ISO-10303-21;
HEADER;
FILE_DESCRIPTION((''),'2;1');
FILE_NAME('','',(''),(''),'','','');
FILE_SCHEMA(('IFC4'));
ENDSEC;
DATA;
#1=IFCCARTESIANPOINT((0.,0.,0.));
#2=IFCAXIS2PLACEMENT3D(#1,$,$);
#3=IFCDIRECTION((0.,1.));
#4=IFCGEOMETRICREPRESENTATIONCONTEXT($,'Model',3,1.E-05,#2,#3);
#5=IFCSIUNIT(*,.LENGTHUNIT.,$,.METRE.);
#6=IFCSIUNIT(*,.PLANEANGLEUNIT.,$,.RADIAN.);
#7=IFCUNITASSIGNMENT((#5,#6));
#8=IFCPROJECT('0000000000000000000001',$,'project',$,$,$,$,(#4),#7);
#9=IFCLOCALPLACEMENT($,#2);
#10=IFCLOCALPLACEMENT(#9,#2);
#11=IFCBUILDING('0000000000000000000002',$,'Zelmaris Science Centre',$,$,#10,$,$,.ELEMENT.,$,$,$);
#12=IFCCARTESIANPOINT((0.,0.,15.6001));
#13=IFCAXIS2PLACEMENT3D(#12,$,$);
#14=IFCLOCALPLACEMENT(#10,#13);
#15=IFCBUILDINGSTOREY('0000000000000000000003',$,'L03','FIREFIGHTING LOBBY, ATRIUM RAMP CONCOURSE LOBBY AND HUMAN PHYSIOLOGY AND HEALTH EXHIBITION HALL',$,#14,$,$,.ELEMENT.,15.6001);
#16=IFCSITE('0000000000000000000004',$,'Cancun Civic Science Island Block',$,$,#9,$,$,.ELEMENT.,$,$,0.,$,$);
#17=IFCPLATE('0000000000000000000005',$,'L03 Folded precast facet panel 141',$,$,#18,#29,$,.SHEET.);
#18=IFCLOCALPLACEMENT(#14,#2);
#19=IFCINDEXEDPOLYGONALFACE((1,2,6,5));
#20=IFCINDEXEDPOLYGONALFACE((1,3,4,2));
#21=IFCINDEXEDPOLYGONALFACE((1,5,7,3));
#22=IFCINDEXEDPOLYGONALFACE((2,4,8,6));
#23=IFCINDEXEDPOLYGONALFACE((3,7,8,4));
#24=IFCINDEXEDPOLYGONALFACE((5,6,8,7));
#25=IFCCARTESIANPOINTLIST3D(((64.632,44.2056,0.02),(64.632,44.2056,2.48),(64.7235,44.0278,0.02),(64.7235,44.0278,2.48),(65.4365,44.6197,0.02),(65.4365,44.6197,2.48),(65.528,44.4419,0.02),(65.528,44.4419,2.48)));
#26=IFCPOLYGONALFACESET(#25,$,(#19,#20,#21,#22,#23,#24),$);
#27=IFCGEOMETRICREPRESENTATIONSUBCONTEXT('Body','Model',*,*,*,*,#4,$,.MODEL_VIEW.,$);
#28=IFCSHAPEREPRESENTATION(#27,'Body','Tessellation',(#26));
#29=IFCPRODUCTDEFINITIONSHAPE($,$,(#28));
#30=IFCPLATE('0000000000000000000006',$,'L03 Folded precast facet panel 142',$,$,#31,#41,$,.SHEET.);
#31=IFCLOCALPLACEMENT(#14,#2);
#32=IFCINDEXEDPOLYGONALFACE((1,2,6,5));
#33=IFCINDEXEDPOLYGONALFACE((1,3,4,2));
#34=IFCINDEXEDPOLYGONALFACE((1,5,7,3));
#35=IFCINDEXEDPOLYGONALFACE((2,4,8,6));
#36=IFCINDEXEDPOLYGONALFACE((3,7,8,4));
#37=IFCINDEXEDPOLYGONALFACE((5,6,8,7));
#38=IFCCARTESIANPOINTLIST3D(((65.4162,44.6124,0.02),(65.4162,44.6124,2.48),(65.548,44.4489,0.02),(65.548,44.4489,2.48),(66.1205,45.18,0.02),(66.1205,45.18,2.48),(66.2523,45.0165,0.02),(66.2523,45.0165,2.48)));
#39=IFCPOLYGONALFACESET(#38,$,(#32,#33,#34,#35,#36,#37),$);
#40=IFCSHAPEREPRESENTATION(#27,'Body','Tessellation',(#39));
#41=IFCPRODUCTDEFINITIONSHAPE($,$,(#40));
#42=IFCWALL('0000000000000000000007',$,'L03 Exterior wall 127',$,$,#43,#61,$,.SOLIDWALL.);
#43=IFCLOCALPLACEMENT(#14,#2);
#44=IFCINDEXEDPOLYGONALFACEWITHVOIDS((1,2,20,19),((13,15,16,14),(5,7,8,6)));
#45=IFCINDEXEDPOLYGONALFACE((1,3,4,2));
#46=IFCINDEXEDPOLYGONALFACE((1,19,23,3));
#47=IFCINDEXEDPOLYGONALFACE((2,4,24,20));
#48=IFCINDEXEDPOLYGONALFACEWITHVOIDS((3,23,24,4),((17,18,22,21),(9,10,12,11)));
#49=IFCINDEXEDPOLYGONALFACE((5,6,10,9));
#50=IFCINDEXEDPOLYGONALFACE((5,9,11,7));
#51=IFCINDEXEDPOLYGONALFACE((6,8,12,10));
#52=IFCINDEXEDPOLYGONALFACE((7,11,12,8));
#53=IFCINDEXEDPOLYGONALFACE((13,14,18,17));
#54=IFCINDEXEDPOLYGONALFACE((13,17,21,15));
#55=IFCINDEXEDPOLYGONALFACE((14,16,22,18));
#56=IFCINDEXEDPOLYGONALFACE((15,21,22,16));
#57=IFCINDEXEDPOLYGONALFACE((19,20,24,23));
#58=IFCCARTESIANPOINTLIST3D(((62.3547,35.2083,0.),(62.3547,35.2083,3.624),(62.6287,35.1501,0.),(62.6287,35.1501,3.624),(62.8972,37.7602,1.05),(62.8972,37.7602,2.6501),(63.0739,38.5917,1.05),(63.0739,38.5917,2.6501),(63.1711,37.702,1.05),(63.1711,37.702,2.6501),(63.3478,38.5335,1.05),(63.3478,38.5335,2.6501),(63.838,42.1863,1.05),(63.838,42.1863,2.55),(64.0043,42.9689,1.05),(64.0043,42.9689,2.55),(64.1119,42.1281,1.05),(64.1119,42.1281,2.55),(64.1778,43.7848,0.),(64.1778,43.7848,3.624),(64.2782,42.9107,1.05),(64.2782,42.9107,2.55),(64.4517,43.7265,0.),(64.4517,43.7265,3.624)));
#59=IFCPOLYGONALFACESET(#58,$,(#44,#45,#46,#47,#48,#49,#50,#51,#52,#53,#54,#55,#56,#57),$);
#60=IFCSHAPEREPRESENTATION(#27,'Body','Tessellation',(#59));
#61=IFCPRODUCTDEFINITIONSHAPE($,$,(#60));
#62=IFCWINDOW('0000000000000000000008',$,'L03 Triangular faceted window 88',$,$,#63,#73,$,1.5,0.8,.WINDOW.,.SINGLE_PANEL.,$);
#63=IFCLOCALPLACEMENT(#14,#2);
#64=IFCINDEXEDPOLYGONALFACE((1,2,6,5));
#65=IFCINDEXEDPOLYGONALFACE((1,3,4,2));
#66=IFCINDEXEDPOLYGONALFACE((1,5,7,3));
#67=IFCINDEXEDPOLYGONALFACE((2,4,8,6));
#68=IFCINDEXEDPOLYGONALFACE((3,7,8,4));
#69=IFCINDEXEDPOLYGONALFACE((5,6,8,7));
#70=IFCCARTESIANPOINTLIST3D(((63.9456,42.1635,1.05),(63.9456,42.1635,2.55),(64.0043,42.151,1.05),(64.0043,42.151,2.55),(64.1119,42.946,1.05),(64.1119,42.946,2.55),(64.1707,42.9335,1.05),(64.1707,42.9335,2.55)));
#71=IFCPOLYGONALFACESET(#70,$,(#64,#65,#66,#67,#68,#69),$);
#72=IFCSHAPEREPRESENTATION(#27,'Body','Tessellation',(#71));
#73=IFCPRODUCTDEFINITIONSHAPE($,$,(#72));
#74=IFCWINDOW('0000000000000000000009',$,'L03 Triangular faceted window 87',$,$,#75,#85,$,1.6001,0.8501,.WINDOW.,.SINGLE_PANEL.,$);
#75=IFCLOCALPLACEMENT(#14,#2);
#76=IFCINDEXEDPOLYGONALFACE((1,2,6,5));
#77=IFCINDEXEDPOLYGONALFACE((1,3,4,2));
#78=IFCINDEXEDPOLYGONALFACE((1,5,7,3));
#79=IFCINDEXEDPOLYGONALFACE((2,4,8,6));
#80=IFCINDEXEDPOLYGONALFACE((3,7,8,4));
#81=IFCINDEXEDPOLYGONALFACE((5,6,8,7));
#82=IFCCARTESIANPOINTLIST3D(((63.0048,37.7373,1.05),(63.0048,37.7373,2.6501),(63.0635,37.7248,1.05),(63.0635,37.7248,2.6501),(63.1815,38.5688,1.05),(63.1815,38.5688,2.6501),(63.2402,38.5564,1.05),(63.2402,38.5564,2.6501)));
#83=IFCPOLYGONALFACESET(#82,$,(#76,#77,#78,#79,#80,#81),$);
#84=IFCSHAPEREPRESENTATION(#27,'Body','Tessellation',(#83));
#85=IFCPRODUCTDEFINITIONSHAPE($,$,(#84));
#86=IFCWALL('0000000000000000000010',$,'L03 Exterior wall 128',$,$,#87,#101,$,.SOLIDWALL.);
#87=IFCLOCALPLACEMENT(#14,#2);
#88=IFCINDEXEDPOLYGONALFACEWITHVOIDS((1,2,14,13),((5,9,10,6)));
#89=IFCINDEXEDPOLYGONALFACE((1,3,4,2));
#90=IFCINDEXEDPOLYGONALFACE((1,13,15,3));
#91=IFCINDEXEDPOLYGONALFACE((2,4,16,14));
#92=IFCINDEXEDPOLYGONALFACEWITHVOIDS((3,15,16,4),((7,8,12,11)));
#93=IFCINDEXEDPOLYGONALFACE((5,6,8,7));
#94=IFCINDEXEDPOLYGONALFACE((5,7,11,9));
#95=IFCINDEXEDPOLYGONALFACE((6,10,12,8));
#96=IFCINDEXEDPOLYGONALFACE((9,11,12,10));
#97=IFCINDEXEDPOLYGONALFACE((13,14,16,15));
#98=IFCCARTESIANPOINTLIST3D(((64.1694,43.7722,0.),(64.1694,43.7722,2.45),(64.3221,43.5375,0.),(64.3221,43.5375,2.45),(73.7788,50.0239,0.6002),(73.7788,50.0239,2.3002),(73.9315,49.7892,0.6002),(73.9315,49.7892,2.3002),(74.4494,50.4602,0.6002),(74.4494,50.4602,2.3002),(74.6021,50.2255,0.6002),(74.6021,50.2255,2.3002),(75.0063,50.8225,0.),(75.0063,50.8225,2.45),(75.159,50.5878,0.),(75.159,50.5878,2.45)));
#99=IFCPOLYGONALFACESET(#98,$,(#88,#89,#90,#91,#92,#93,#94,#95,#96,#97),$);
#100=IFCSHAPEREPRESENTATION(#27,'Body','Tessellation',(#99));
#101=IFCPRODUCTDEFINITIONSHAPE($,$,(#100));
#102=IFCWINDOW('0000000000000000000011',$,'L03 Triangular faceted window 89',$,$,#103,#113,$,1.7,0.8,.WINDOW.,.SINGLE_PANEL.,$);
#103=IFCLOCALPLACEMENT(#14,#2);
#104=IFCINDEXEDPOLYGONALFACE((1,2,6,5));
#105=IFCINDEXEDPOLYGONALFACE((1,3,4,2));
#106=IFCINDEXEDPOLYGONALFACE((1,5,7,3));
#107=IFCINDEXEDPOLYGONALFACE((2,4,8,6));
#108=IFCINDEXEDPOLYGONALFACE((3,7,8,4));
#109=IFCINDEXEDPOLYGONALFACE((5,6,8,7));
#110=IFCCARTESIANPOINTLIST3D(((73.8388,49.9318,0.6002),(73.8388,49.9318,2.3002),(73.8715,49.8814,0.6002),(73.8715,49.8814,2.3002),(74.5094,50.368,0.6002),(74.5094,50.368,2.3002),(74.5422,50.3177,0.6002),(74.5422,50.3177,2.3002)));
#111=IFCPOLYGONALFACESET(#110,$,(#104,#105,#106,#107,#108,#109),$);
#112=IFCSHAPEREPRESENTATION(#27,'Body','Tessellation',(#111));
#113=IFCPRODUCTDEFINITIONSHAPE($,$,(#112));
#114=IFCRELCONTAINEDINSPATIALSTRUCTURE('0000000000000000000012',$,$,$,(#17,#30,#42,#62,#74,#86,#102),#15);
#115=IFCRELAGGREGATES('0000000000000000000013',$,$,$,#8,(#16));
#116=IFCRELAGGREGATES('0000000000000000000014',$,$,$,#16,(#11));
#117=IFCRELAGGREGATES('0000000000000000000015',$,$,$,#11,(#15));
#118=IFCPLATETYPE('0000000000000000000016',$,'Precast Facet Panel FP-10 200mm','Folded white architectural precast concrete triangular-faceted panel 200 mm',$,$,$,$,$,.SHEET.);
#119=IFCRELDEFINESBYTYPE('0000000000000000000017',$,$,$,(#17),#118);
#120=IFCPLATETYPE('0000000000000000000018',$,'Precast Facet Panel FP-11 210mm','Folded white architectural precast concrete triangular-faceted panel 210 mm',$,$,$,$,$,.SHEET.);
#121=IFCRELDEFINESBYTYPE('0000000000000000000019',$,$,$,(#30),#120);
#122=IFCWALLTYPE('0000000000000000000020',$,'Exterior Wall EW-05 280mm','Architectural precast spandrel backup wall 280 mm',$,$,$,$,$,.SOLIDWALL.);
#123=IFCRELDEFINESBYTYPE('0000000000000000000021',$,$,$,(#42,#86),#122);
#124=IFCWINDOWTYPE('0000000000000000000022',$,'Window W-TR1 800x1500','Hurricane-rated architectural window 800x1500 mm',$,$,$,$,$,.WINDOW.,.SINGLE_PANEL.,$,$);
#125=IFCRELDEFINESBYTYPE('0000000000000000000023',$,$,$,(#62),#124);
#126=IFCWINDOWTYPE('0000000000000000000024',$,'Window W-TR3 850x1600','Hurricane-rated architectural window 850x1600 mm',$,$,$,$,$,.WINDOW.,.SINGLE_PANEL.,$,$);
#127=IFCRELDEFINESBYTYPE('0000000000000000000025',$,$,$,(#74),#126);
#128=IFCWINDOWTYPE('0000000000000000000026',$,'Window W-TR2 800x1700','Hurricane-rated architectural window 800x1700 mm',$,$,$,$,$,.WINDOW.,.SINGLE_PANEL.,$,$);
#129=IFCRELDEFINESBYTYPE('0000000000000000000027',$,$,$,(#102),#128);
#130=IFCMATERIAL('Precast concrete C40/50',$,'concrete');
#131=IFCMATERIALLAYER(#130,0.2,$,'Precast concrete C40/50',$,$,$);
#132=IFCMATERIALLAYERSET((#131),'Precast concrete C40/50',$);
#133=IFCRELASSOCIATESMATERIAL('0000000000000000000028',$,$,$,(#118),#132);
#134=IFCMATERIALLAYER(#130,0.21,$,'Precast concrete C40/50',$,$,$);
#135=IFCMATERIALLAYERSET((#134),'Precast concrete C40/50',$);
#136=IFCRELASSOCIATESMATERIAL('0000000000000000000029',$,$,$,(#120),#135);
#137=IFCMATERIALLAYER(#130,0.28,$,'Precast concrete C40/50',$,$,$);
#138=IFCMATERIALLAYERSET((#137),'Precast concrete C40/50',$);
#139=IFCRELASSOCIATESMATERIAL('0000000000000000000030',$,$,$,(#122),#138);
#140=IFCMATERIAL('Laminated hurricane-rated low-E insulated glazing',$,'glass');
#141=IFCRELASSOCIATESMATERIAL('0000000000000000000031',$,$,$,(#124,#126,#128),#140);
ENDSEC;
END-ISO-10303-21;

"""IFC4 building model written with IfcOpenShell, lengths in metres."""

from ifc_helpers import new_model, si_unit, direction, frame, frame_2d, origin, place, context, subcontext, project, spatial, rectangle, extrude, material, layer, layer_set, type_object, element, fill, save


model = new_model("IFC4")

# Units and contexts
model_context = context("Model", 3, precision=1e-05, world=origin(), true_north=direction((0.0, 1.0)))
body_context = subcontext(model_context, "Body", "Model", "MODEL_VIEW")
ifc_project = project(units=[si_unit("LENGTHUNIT", "METRE"), si_unit("PLANEANGLEUNIT", "RADIAN")], contexts=[model_context])

# Site, building, storey
site_placement = place(None, origin())
site = spatial("IfcSite", under=ifc_project, at=site_placement, Name="Cancun Civic Science Island Block", CompositionType="ELEMENT", RefElevation=0.0)
building_placement = place(site_placement, origin())
building = spatial("IfcBuilding", under=site, at=building_placement, Name="Zelmaris Science Centre", CompositionType="ELEMENT")
storey_placement = place(building_placement, frame((0.0, 0.0, 15.6001)))
storey = spatial("IfcBuildingStorey", under=building, at=storey_placement, Name="L03", Description="FIREFIGHTING LOBBY, ATRIUM RAMP CONCOURSE LOBBY AND HUMAN PHYSIOLOGY AND HEALTH EXHIBITION HALL", CompositionType="ELEMENT", Elevation=15.6001)

# Plates
ifc_material_1 = material(Name="Precast concrete C40/50", Category="concrete")
ifc_layer_1 = layer(ifc_material_1, 0.2, Name="Precast concrete C40/50")
ifc_layer_set_1 = layer_set([ifc_layer_1], Name="Precast concrete C40/50")
plate_type_1 = type_object("IfcPlateType", Name="Precast Facet Panel FP-10 200mm", Description="Folded white architectural precast concrete triangular-faceted panel 200 mm", PredefinedType="SHEET", material=ifc_layer_set_1)
plate_1_placement = place(storey_placement, frame((64.6777, 44.1167, 0.02), z_axis=(0.0, 0.0, 1.0), x_axis=(0.889131, 0.457653, 0.0)))
element("IfcPlate", 1, at=plate_1_placement, inside=storey, type_object=plate_type_1, Name="L03 Folded precast facet panel 141", PredefinedType="SHEET", context=body_context, shape_type="SweptSolid", body=[
    extrude(rectangle(XDim=0.9048, YDim=0.2, at=frame_2d((0.4524, 0.0))), origin(), (0.0, 0.0, 1.0), 2.46),
])
ifc_layer_2 = layer(ifc_material_1, 0.21, Name="Precast concrete C40/50")
ifc_layer_set_2 = layer_set([ifc_layer_2], Name="Precast concrete C40/50")
plate_type_2 = type_object("IfcPlateType", Name="Precast Facet Panel FP-11 210mm", Description="Folded white architectural precast concrete triangular-faceted panel 210 mm", PredefinedType="SHEET", material=ifc_layer_set_2)
plate_2_placement = place(storey_placement, frame((65.4822, 44.5308, 0.02), z_axis=(0.0, 0.0, 1.0), x_axis=(0.778626, 0.627489, 0.0)))
element("IfcPlate", 2, at=plate_2_placement, inside=storey, type_object=plate_type_2, Name="L03 Folded precast facet panel 142", PredefinedType="SHEET", context=body_context, shape_type="SweptSolid", body=[
    extrude(rectangle(XDim=0.9045, YDim=0.21, at=frame_2d((0.4521, 0.0))), origin(), (0.0, 0.0, 1.0), 2.46),
])

# Wall, openings, windows
ifc_layer_3 = layer(ifc_material_1, 0.28, Name="Precast concrete C40/50")
ifc_layer_set_3 = layer_set([ifc_layer_3], Name="Precast concrete C40/50")
wall_type = type_object("IfcWallType", Name="Exterior Wall EW-05 280mm", Description="Architectural precast spandrel backup wall 280 mm", PredefinedType="SOLIDWALL", material=ifc_layer_set_3)
wall_1_placement = place(storey_placement, frame((62.4917, 35.1792, 0.0), z_axis=(0.0, 0.0, 1.0), x_axis=(0.207914, 0.978147, 0.0)))
wall_1 = element("IfcWall", 3, at=wall_1_placement, inside=storey, type_object=wall_type, Name="L03 Exterior wall 127", PredefinedType="SOLIDWALL", context=body_context, shape_type="SweptSolid", body=[
    extrude(rectangle(XDim=8.7681, YDim=0.28, at=frame_2d((4.384, 0.0))), origin(), (0.0, 0.0, 1.0), 3.624),
])
opening_1_placement = place(wall_1_placement, frame((2.6089, 0.0, 1.05)))
opening_1 = element("IfcOpeningElement", 4, at=opening_1_placement, cuts=wall_1, PredefinedType="OPENING", context=body_context, shape_type="SweptSolid", body=[
    extrude(rectangle(XDim=0.8501, YDim=1.6001, at=frame_2d((0.425, 0.8))), frame((0.0, 0.1499, 0.0), z_axis=(0.0, -1.0, 0.0), x_axis=(1.0, 0.0, 0.0)), (0.0, 0.0, 1.0), 0.3),
])
opening_2_placement = place(wall_1_placement, frame((7.134, 0.0, 1.05)))
opening_2 = element("IfcOpeningElement", 5, at=opening_2_placement, cuts=wall_1, PredefinedType="OPENING", context=body_context, shape_type="SweptSolid", body=[
    extrude(rectangle(XDim=0.8, YDim=1.5, at=frame_2d((0.3999, 0.75))), frame((0.0, 0.1499, 0.0), z_axis=(0.0, -1.0, 0.0), x_axis=(1.0, 0.0, 0.0)), (0.0, 0.0, 1.0), 0.3),
])
ifc_material_2 = material(Name="Laminated hurricane-rated low-E insulated glazing", Category="glass")
window_type_1 = type_object("IfcWindowType", Name="Window W-TR1 800x1500", Description="Hurricane-rated architectural window 800x1500 mm", PartitioningType="SINGLE_PANEL", PredefinedType="WINDOW", material=ifc_material_2)
window_1_placement = place(opening_2_placement, origin())
window_1 = element("IfcWindow", 6, at=window_1_placement, inside=storey, type_object=window_type_1, Name="L03 Triangular faceted window 88", OverallHeight=1.5, OverallWidth=0.8, PartitioningType="SINGLE_PANEL", PredefinedType="WINDOW", context=body_context, shape_type="SweptSolid", body=[
    extrude(rectangle(XDim=0.8, YDim=1.5, at=frame_2d((0.3999, 0.75))), frame((0.0, 0.03, 0.0), z_axis=(0.0, -1.0, 0.0), x_axis=(1.0, 0.0, 0.0)), (0.0, 0.0, 1.0), 0.0601),
])
fill(opening_2, window_1)
window_type_2 = type_object("IfcWindowType", Name="Window W-TR3 850x1600", Description="Hurricane-rated architectural window 850x1600 mm", PartitioningType="SINGLE_PANEL", PredefinedType="WINDOW", material=ifc_material_2)
window_2_placement = place(opening_1_placement, origin())
window_2 = element("IfcWindow", 7, at=window_2_placement, inside=storey, type_object=window_type_2, Name="L03 Triangular faceted window 87", OverallHeight=1.6001, OverallWidth=0.8501, PartitioningType="SINGLE_PANEL", PredefinedType="WINDOW", context=body_context, shape_type="SweptSolid", body=[
    extrude(rectangle(XDim=0.8501, YDim=1.6001, at=frame_2d((0.425, 0.8))), frame((0.0, 0.03, 0.0), z_axis=(0.0, -1.0, 0.0), x_axis=(1.0, 0.0, 0.0)), (0.0, 0.0, 1.0), 0.0601),
])
fill(opening_1, window_2)

# Wall, opening, window
wall_2_placement = place(storey_placement, frame((64.2456, 43.6548, 0.0), z_axis=(0.0, 0.0, 1.0), x_axis=(0.838221, 0.545331, 0.0)))
wall_2 = element("IfcWall", 8, at=wall_2_placement, inside=storey, type_object=wall_type, Name="L03 Exterior wall 128", PredefinedType="SOLIDWALL", context=body_context, shape_type="SweptSolid", body=[
    extrude(rectangle(XDim=12.9285, YDim=0.28, at=frame_2d((6.4644, 0.0))), origin(), (0.0, 0.0, 1.0), 2.45),
])
opening_3_placement = place(wall_2_placement, frame((11.4644, 0.0, 0.6001)))
opening_3 = element("IfcOpeningElement", 9, at=opening_3_placement, cuts=wall_2, PredefinedType="OPENING", context=body_context, shape_type="SweptSolid", body=[
    extrude(rectangle(XDim=0.8, YDim=1.7, at=frame_2d((0.3999, 0.8501))), frame((0.0, 0.1499, 0.0), z_axis=(0.0, -1.0, 0.0), x_axis=(1.0, 0.0, 0.0)), (0.0, 0.0, 1.0), 0.3),
])
window_type_3 = type_object("IfcWindowType", Name="Window W-TR2 800x1700", Description="Hurricane-rated architectural window 800x1700 mm", PartitioningType="SINGLE_PANEL", PredefinedType="WINDOW", material=ifc_material_2)
window_3_placement = place(opening_3_placement, origin())
window_3 = element("IfcWindow", 10, at=window_3_placement, inside=storey, type_object=window_type_3, Name="L03 Triangular faceted window 89", OverallHeight=1.7, OverallWidth=0.8, PartitioningType="SINGLE_PANEL", PredefinedType="WINDOW", context=body_context, shape_type="SweptSolid", body=[
    extrude(rectangle(XDim=0.8, YDim=1.7, at=frame_2d((0.3999, 0.8501))), frame((0.0, 0.03, 0.0), z_axis=(0.0, -1.0, 0.0), x_axis=(1.0, 0.0, 0.0)), (0.0, 0.0, 1.0), 0.0601),
])
fill(opening_3, window_3)

save(model, "model.ifc")
